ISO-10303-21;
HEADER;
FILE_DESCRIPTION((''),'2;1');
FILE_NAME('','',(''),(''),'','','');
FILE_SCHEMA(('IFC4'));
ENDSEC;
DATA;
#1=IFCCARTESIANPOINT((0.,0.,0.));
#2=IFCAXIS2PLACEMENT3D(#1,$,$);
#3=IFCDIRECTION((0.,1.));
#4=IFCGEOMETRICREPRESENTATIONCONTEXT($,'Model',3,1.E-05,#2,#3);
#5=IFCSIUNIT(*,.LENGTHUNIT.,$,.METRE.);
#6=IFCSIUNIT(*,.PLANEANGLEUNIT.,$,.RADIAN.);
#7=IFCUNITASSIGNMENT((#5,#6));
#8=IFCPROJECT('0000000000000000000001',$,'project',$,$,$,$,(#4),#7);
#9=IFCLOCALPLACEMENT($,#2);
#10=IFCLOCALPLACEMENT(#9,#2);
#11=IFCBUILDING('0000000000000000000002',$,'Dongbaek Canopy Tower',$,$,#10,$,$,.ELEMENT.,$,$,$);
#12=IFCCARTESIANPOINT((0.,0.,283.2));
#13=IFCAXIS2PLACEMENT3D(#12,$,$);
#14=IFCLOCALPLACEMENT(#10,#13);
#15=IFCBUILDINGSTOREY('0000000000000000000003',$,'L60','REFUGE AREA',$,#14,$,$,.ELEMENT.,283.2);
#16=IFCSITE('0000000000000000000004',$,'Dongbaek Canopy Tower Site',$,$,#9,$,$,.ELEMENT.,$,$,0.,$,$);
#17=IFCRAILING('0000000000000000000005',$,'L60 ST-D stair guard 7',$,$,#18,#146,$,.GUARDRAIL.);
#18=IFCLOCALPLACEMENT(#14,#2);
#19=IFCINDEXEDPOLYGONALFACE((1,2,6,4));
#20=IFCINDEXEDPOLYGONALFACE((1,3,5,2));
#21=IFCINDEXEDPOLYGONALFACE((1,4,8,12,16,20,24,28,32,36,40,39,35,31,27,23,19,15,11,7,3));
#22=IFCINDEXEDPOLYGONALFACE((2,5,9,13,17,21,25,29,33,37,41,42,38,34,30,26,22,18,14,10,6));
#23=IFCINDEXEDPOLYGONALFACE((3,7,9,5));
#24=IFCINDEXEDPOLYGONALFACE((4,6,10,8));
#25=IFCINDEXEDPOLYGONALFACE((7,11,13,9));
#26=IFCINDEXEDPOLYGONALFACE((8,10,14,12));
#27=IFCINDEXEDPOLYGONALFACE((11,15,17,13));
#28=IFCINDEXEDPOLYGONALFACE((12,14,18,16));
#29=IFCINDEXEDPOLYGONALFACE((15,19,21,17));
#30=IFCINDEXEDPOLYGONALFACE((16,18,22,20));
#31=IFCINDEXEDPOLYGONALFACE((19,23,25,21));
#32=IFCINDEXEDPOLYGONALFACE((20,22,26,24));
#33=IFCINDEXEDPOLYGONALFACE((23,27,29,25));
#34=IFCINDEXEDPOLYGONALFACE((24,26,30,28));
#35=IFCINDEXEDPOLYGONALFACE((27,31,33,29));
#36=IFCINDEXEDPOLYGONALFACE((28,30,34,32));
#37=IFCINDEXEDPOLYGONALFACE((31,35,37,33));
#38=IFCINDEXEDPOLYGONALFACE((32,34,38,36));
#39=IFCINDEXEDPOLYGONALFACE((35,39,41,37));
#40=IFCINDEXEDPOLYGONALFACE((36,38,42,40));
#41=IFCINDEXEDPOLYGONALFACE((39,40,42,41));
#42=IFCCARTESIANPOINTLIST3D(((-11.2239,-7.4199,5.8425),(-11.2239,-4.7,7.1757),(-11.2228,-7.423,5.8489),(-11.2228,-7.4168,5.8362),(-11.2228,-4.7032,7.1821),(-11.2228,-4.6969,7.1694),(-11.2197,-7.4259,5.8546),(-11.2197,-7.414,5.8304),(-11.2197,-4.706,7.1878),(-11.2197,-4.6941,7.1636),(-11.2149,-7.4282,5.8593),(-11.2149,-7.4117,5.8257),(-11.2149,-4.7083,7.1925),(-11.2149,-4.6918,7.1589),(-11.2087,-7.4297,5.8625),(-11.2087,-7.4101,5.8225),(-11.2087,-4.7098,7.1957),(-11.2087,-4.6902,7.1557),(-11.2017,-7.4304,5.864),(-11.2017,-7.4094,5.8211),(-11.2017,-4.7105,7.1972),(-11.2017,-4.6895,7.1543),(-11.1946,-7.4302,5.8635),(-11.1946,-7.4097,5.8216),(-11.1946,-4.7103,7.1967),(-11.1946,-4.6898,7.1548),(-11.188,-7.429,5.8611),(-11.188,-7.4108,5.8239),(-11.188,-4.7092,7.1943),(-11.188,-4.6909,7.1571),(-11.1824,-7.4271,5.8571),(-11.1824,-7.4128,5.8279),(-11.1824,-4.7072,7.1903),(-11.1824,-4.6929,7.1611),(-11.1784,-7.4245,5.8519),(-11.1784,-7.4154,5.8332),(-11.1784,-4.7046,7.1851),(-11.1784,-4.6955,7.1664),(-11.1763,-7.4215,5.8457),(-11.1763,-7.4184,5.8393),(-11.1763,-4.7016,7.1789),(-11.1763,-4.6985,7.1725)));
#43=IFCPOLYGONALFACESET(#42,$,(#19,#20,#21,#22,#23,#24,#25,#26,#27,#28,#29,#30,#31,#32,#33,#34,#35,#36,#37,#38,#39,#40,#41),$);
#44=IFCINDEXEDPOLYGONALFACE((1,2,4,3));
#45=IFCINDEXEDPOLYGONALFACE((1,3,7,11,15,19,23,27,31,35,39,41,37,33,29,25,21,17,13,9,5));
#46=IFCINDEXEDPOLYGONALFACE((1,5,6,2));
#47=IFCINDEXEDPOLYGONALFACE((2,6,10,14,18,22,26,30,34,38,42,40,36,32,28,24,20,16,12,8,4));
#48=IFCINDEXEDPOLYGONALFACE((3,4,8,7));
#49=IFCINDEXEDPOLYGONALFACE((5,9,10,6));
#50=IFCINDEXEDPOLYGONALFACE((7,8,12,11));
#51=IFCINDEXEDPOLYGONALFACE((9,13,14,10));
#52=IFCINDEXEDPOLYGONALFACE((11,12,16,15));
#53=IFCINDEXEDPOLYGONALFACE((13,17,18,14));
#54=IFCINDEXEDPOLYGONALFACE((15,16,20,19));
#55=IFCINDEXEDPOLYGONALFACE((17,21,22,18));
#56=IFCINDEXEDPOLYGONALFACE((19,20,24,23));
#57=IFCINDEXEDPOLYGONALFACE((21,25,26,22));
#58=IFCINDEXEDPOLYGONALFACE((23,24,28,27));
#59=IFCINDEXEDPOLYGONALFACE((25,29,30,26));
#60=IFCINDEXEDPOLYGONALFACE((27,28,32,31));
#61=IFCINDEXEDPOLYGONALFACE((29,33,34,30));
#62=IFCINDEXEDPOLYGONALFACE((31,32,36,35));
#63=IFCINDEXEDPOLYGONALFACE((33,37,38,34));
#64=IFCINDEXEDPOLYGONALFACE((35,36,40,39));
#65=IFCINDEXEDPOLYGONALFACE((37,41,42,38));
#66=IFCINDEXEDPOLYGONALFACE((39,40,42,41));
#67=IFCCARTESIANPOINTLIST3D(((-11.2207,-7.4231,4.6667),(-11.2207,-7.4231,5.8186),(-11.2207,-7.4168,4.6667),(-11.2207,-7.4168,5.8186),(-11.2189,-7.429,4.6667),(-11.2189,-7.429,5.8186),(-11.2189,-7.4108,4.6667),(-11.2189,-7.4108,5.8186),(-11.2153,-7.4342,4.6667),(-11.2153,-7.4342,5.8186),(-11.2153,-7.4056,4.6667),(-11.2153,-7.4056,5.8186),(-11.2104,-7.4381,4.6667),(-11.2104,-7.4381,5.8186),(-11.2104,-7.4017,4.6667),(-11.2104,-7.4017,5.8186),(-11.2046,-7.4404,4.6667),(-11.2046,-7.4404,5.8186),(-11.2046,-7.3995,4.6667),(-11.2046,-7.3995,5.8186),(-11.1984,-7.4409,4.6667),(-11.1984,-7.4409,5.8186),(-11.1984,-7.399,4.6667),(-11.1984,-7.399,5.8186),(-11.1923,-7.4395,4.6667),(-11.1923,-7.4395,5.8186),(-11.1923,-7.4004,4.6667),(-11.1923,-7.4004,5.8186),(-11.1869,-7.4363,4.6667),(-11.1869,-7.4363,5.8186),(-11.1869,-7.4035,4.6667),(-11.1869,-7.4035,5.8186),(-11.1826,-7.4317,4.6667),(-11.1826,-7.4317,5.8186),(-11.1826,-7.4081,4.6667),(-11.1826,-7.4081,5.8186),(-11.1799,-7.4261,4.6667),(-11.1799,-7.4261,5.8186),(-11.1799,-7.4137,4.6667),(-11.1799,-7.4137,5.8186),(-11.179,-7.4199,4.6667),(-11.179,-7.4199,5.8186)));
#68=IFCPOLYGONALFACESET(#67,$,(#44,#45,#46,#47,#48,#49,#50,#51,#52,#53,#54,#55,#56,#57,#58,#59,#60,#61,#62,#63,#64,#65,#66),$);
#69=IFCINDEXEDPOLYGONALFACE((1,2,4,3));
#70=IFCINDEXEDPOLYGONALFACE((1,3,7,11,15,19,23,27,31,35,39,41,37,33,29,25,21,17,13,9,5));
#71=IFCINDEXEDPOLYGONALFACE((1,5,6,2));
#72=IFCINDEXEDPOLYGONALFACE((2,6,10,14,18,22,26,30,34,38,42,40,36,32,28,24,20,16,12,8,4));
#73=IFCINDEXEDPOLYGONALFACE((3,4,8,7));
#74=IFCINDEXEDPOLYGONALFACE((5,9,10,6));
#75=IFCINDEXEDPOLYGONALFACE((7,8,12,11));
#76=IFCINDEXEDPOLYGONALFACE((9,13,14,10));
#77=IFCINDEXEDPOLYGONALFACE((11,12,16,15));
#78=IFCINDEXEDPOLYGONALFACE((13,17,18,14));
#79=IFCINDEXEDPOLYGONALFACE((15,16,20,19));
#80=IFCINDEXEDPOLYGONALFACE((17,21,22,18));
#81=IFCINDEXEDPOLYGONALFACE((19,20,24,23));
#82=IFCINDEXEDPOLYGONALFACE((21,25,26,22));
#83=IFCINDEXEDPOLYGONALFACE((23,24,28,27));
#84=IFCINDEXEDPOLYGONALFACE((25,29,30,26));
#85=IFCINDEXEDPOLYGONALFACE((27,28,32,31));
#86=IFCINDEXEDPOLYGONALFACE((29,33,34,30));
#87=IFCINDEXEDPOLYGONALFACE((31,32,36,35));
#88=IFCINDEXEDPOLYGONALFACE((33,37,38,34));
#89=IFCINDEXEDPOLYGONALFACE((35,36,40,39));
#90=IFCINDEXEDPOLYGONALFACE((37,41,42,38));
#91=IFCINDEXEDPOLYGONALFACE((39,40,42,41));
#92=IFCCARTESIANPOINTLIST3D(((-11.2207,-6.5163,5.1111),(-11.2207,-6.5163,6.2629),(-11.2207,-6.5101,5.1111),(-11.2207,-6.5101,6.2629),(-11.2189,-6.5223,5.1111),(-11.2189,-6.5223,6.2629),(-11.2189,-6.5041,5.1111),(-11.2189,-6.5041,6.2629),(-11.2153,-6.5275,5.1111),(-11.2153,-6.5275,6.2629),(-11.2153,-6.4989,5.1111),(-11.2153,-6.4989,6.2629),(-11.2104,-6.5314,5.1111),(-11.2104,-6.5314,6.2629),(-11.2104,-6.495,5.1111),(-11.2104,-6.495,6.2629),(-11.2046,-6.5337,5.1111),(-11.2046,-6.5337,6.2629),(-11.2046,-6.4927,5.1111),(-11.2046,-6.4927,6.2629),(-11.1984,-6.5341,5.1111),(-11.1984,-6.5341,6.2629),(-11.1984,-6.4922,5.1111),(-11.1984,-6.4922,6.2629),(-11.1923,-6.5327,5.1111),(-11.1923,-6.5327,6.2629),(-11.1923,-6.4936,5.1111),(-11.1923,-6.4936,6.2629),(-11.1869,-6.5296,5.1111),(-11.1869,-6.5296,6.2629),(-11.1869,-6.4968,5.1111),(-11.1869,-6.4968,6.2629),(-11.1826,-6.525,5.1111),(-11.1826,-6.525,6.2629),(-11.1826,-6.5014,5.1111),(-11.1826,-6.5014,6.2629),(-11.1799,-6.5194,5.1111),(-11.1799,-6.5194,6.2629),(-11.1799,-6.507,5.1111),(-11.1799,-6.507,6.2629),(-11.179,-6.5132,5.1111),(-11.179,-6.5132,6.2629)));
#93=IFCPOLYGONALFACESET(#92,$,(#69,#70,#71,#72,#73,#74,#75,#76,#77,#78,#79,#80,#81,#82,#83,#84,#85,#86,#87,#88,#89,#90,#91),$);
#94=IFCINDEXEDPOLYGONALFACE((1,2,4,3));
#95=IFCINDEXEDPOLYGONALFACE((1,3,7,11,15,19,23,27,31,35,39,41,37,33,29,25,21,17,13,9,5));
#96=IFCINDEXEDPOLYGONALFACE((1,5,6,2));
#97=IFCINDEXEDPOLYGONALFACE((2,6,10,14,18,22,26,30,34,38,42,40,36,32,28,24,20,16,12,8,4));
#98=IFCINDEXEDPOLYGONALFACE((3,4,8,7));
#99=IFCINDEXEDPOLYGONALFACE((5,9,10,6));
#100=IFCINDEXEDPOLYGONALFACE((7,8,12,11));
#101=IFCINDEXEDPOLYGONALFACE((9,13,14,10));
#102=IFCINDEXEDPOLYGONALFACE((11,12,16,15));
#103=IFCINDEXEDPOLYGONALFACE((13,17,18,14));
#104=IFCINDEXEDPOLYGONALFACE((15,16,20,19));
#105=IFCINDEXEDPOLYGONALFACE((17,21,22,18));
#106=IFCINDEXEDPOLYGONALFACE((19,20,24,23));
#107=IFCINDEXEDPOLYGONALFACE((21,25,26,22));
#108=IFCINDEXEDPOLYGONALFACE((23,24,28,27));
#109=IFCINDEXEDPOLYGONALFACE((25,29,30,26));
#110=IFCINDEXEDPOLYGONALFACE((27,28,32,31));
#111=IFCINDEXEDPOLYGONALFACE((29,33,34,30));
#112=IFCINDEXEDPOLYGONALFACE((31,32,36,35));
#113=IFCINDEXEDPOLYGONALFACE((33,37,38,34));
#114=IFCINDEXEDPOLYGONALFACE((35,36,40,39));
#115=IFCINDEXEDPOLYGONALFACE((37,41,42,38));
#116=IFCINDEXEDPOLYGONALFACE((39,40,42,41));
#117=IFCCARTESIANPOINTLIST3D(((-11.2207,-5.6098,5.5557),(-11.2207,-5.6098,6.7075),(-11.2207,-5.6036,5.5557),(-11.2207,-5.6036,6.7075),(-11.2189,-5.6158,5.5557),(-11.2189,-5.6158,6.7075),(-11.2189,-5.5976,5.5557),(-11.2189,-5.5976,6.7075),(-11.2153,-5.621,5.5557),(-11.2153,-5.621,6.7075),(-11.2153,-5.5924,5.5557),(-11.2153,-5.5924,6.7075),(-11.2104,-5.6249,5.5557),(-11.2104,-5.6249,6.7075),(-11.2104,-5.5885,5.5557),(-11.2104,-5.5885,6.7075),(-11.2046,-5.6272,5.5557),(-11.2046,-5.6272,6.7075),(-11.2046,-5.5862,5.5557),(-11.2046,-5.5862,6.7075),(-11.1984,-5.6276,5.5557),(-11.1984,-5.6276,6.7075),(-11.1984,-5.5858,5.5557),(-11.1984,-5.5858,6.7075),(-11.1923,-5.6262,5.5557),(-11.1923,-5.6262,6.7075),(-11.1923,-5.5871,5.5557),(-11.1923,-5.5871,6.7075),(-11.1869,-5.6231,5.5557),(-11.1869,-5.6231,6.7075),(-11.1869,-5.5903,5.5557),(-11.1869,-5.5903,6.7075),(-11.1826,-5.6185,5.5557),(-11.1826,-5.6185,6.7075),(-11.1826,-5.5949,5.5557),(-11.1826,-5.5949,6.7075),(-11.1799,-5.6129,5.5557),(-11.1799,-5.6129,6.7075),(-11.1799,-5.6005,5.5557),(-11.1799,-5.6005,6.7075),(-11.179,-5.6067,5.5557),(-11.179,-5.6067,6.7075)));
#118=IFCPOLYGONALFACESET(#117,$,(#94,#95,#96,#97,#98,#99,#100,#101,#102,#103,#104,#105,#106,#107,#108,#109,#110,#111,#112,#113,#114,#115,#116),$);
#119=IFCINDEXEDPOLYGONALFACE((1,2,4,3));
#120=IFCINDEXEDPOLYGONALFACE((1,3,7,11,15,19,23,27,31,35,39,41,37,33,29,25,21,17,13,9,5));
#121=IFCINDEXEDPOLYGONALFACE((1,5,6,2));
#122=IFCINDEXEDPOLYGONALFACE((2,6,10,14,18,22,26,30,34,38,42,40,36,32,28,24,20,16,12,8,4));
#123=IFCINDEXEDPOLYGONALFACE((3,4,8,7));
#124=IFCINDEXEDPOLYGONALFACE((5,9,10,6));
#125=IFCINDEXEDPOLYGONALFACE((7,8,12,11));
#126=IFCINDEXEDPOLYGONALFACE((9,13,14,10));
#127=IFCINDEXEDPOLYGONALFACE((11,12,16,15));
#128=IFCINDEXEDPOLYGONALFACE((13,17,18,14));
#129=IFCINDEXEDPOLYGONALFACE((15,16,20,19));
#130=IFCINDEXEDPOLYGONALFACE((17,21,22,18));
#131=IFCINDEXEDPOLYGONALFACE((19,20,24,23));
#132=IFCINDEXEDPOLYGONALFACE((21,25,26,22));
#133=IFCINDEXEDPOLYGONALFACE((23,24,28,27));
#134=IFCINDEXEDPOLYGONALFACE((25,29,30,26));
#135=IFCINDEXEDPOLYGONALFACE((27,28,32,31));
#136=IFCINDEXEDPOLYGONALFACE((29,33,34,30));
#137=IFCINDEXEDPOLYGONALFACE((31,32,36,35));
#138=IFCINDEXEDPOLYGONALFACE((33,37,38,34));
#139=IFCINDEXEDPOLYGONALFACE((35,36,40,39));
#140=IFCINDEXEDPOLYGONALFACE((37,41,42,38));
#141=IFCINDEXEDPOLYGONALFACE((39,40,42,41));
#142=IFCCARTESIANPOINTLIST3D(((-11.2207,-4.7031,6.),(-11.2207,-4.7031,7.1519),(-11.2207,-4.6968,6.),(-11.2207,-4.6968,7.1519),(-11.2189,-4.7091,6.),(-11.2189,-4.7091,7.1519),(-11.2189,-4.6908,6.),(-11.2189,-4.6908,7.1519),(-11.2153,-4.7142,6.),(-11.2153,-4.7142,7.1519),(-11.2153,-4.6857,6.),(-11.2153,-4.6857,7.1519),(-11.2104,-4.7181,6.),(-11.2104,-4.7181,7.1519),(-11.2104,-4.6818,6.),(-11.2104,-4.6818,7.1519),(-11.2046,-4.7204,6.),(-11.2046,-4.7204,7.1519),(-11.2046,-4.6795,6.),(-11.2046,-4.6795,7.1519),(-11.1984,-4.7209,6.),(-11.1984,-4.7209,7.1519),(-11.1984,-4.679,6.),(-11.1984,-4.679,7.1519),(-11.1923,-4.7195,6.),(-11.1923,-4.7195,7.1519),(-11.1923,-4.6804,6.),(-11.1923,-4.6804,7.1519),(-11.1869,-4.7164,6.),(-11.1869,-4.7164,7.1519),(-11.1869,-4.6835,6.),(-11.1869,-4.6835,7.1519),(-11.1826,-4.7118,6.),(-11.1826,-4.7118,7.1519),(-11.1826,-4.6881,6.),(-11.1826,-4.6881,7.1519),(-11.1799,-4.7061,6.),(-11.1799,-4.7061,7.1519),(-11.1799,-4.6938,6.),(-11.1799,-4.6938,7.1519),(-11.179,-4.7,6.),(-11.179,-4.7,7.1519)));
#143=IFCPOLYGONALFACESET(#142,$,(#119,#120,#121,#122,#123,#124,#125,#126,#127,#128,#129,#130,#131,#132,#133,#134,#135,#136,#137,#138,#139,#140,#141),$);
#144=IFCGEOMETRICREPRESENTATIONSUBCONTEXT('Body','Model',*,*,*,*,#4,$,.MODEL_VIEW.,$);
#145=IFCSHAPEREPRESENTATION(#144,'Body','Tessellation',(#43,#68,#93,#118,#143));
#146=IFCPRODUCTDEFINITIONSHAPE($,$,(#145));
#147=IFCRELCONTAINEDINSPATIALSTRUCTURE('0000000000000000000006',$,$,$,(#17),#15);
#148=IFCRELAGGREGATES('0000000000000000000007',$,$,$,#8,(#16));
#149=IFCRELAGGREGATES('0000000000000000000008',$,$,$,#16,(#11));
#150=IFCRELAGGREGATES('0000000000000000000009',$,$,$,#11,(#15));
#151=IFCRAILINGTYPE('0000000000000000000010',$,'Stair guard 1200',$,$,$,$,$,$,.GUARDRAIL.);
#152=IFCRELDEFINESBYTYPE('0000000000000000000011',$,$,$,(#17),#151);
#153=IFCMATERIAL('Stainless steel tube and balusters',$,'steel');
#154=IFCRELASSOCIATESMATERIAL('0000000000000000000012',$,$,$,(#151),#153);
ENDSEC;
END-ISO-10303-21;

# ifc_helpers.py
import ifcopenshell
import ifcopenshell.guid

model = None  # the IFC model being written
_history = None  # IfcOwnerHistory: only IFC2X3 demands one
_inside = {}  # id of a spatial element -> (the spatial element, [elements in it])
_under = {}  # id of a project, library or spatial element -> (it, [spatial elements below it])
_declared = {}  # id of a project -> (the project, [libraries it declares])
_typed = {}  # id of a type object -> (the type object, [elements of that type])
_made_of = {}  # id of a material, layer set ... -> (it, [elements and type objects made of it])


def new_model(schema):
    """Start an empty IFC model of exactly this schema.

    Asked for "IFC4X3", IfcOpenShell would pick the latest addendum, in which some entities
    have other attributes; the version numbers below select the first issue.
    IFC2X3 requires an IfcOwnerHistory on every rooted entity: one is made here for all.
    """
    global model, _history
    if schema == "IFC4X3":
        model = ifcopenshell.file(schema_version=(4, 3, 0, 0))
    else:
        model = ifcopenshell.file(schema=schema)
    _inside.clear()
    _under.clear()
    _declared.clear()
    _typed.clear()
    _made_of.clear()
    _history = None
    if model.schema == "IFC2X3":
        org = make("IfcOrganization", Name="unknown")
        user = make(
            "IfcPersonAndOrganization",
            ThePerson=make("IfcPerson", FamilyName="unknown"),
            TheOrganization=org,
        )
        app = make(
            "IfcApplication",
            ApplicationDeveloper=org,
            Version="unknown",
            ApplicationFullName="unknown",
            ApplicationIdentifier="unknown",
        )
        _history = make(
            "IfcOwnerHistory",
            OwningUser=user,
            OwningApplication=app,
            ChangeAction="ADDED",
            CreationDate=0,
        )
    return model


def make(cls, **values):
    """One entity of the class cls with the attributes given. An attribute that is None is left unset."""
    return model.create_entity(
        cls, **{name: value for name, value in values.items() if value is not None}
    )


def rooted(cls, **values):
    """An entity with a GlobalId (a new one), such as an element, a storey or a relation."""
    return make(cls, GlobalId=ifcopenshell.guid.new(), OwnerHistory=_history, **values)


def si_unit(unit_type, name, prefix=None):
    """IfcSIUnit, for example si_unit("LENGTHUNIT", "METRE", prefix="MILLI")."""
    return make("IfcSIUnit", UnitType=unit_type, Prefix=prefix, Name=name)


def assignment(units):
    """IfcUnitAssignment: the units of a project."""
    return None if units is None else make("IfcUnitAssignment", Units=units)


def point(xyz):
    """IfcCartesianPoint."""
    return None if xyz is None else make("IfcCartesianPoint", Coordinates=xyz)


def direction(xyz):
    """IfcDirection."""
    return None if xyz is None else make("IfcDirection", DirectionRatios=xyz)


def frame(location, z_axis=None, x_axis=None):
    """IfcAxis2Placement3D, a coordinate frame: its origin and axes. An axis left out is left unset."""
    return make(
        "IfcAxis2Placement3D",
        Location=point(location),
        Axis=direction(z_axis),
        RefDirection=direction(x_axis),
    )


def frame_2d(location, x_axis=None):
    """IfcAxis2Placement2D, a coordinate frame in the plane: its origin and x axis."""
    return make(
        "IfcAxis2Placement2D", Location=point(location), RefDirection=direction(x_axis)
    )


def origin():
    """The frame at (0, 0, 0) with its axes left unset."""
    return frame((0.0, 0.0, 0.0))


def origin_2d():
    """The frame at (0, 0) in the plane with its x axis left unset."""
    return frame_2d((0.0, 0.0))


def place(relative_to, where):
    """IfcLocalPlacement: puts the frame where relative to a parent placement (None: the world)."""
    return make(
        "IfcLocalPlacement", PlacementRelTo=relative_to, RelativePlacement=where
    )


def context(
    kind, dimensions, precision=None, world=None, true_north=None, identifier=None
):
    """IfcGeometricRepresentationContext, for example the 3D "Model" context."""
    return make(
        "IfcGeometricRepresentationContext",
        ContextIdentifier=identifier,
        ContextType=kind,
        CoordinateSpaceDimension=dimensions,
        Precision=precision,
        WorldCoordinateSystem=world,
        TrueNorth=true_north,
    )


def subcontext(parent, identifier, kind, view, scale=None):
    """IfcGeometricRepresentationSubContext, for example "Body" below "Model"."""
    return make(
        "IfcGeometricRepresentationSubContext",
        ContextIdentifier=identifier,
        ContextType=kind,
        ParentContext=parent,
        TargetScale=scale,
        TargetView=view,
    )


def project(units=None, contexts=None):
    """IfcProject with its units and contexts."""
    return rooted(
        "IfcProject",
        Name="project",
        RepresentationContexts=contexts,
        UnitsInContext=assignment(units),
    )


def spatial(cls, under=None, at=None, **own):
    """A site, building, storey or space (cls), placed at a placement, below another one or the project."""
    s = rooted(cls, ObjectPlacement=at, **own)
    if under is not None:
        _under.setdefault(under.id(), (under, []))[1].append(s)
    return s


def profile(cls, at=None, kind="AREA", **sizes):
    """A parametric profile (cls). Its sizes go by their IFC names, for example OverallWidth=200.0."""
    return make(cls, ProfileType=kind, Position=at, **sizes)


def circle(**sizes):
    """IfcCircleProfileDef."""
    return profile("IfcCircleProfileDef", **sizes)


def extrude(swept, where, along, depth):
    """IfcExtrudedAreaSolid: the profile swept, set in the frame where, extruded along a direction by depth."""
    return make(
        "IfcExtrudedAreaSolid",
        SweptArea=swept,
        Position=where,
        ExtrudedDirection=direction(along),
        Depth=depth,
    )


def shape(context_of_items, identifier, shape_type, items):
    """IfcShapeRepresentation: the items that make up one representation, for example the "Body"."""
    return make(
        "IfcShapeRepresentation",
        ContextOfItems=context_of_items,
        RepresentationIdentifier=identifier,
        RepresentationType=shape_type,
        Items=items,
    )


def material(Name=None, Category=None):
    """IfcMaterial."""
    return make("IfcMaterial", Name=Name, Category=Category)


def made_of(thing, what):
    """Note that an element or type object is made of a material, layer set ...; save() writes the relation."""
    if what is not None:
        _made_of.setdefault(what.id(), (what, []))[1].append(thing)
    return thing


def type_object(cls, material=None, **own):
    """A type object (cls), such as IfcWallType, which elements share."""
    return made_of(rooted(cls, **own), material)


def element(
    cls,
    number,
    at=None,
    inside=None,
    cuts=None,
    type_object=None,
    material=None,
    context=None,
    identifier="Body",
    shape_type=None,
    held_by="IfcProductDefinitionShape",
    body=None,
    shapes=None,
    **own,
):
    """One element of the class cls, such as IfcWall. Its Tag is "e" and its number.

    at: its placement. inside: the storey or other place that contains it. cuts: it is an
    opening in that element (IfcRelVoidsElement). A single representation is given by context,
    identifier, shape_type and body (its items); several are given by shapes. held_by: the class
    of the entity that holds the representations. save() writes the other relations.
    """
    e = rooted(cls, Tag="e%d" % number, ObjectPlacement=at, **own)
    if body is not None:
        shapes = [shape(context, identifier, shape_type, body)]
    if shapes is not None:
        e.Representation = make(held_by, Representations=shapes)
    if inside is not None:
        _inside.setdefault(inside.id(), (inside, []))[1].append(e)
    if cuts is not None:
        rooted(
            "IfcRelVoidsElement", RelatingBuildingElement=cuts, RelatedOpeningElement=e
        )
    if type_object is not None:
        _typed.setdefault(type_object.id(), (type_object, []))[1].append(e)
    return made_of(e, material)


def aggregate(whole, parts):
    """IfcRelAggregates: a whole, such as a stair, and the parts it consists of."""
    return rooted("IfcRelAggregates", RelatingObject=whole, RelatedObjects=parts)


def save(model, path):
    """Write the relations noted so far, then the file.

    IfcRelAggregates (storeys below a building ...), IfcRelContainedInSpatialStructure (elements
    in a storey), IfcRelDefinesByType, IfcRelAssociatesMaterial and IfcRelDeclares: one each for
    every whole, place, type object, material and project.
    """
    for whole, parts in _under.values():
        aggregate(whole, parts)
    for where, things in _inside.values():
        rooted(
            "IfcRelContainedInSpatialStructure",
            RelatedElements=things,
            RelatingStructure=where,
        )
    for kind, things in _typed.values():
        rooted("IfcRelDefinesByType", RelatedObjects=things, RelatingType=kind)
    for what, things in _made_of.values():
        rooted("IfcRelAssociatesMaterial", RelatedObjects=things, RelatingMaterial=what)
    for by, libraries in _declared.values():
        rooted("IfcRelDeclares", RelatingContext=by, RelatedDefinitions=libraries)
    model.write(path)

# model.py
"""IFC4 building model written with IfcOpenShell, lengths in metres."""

from ifc_helpers import new_model, si_unit, direction, frame, origin, origin_2d, place, context, subcontext, project, spatial, circle, extrude, material, type_object, element, save


model = new_model("IFC4")

# Units and contexts
model_context = context("Model", 3, precision=1e-05, world=origin(), true_north=direction((0.0, 1.0)))
body_context = subcontext(model_context, "Body", "Model", "MODEL_VIEW")
ifc_project = project(units=[si_unit("LENGTHUNIT", "METRE"), si_unit("PLANEANGLEUNIT", "RADIAN")], contexts=[model_context])

# Site, building, storey
site_placement = place(None, origin())
site = spatial("IfcSite", under=ifc_project, at=site_placement, Name="Dongbaek Canopy Tower Site", CompositionType="ELEMENT", RefElevation=0.0)
building_placement = place(site_placement, origin())
building = spatial("IfcBuilding", under=site, at=building_placement, Name="Dongbaek Canopy Tower", CompositionType="ELEMENT")
storey_placement = place(building_placement, frame((0.0, 0.0, 283.2)))
storey = spatial("IfcBuildingStorey", under=building, at=storey_placement, Name="L60", Description="REFUGE AREA", CompositionType="ELEMENT", Elevation=283.2)

# Railing
ifc_material_1 = material(Name="Stainless steel tube and balusters", Category="steel")
railing_type_1 = type_object("IfcRailingType", Name="Stair guard 1200", PredefinedType="GUARDRAIL", material=ifc_material_1)
for number, where, name in (
    (1, (-11.2, -7.4199, 4.6667), "L60 ST-D stair guard 7"),
):
    element("IfcRailing", number, at=place(storey_placement, frame(where)), inside=storey, type_object=railing_type_1, Name=name, PredefinedType="GUARDRAIL", context=body_context, shape_type="SweptSolid", body=[
        extrude(circle(Radius=0.0239, at=origin_2d()), frame((0.0, 0.0, 1.1758), z_axis=(0.0, 0.897929, 0.440139), x_axis=(-1.0, 0.0, 0.0)), (0.0, 0.0, 1.0), 3.0291),
        extrude(circle(Radius=0.021, at=origin_2d()), origin(), (0.0, 0.0, 1.0), 1.1519),
        extrude(circle(Radius=0.021, at=origin_2d()), frame((0.0, 0.9067, 0.4443)), (0.0, 0.0, 1.0), 1.1519),
        extrude(circle(Radius=0.021, at=origin_2d()), frame((0.0, 1.8132, 0.8889)), (0.0, 0.0, 1.0), 1.1519),
        extrude(circle(Radius=0.021, at=origin_2d()), frame((0.0, 2.72, 1.3333)), (0.0, 0.0, 1.0), 1.1519),
    ])

save(model, "model.ifc")
